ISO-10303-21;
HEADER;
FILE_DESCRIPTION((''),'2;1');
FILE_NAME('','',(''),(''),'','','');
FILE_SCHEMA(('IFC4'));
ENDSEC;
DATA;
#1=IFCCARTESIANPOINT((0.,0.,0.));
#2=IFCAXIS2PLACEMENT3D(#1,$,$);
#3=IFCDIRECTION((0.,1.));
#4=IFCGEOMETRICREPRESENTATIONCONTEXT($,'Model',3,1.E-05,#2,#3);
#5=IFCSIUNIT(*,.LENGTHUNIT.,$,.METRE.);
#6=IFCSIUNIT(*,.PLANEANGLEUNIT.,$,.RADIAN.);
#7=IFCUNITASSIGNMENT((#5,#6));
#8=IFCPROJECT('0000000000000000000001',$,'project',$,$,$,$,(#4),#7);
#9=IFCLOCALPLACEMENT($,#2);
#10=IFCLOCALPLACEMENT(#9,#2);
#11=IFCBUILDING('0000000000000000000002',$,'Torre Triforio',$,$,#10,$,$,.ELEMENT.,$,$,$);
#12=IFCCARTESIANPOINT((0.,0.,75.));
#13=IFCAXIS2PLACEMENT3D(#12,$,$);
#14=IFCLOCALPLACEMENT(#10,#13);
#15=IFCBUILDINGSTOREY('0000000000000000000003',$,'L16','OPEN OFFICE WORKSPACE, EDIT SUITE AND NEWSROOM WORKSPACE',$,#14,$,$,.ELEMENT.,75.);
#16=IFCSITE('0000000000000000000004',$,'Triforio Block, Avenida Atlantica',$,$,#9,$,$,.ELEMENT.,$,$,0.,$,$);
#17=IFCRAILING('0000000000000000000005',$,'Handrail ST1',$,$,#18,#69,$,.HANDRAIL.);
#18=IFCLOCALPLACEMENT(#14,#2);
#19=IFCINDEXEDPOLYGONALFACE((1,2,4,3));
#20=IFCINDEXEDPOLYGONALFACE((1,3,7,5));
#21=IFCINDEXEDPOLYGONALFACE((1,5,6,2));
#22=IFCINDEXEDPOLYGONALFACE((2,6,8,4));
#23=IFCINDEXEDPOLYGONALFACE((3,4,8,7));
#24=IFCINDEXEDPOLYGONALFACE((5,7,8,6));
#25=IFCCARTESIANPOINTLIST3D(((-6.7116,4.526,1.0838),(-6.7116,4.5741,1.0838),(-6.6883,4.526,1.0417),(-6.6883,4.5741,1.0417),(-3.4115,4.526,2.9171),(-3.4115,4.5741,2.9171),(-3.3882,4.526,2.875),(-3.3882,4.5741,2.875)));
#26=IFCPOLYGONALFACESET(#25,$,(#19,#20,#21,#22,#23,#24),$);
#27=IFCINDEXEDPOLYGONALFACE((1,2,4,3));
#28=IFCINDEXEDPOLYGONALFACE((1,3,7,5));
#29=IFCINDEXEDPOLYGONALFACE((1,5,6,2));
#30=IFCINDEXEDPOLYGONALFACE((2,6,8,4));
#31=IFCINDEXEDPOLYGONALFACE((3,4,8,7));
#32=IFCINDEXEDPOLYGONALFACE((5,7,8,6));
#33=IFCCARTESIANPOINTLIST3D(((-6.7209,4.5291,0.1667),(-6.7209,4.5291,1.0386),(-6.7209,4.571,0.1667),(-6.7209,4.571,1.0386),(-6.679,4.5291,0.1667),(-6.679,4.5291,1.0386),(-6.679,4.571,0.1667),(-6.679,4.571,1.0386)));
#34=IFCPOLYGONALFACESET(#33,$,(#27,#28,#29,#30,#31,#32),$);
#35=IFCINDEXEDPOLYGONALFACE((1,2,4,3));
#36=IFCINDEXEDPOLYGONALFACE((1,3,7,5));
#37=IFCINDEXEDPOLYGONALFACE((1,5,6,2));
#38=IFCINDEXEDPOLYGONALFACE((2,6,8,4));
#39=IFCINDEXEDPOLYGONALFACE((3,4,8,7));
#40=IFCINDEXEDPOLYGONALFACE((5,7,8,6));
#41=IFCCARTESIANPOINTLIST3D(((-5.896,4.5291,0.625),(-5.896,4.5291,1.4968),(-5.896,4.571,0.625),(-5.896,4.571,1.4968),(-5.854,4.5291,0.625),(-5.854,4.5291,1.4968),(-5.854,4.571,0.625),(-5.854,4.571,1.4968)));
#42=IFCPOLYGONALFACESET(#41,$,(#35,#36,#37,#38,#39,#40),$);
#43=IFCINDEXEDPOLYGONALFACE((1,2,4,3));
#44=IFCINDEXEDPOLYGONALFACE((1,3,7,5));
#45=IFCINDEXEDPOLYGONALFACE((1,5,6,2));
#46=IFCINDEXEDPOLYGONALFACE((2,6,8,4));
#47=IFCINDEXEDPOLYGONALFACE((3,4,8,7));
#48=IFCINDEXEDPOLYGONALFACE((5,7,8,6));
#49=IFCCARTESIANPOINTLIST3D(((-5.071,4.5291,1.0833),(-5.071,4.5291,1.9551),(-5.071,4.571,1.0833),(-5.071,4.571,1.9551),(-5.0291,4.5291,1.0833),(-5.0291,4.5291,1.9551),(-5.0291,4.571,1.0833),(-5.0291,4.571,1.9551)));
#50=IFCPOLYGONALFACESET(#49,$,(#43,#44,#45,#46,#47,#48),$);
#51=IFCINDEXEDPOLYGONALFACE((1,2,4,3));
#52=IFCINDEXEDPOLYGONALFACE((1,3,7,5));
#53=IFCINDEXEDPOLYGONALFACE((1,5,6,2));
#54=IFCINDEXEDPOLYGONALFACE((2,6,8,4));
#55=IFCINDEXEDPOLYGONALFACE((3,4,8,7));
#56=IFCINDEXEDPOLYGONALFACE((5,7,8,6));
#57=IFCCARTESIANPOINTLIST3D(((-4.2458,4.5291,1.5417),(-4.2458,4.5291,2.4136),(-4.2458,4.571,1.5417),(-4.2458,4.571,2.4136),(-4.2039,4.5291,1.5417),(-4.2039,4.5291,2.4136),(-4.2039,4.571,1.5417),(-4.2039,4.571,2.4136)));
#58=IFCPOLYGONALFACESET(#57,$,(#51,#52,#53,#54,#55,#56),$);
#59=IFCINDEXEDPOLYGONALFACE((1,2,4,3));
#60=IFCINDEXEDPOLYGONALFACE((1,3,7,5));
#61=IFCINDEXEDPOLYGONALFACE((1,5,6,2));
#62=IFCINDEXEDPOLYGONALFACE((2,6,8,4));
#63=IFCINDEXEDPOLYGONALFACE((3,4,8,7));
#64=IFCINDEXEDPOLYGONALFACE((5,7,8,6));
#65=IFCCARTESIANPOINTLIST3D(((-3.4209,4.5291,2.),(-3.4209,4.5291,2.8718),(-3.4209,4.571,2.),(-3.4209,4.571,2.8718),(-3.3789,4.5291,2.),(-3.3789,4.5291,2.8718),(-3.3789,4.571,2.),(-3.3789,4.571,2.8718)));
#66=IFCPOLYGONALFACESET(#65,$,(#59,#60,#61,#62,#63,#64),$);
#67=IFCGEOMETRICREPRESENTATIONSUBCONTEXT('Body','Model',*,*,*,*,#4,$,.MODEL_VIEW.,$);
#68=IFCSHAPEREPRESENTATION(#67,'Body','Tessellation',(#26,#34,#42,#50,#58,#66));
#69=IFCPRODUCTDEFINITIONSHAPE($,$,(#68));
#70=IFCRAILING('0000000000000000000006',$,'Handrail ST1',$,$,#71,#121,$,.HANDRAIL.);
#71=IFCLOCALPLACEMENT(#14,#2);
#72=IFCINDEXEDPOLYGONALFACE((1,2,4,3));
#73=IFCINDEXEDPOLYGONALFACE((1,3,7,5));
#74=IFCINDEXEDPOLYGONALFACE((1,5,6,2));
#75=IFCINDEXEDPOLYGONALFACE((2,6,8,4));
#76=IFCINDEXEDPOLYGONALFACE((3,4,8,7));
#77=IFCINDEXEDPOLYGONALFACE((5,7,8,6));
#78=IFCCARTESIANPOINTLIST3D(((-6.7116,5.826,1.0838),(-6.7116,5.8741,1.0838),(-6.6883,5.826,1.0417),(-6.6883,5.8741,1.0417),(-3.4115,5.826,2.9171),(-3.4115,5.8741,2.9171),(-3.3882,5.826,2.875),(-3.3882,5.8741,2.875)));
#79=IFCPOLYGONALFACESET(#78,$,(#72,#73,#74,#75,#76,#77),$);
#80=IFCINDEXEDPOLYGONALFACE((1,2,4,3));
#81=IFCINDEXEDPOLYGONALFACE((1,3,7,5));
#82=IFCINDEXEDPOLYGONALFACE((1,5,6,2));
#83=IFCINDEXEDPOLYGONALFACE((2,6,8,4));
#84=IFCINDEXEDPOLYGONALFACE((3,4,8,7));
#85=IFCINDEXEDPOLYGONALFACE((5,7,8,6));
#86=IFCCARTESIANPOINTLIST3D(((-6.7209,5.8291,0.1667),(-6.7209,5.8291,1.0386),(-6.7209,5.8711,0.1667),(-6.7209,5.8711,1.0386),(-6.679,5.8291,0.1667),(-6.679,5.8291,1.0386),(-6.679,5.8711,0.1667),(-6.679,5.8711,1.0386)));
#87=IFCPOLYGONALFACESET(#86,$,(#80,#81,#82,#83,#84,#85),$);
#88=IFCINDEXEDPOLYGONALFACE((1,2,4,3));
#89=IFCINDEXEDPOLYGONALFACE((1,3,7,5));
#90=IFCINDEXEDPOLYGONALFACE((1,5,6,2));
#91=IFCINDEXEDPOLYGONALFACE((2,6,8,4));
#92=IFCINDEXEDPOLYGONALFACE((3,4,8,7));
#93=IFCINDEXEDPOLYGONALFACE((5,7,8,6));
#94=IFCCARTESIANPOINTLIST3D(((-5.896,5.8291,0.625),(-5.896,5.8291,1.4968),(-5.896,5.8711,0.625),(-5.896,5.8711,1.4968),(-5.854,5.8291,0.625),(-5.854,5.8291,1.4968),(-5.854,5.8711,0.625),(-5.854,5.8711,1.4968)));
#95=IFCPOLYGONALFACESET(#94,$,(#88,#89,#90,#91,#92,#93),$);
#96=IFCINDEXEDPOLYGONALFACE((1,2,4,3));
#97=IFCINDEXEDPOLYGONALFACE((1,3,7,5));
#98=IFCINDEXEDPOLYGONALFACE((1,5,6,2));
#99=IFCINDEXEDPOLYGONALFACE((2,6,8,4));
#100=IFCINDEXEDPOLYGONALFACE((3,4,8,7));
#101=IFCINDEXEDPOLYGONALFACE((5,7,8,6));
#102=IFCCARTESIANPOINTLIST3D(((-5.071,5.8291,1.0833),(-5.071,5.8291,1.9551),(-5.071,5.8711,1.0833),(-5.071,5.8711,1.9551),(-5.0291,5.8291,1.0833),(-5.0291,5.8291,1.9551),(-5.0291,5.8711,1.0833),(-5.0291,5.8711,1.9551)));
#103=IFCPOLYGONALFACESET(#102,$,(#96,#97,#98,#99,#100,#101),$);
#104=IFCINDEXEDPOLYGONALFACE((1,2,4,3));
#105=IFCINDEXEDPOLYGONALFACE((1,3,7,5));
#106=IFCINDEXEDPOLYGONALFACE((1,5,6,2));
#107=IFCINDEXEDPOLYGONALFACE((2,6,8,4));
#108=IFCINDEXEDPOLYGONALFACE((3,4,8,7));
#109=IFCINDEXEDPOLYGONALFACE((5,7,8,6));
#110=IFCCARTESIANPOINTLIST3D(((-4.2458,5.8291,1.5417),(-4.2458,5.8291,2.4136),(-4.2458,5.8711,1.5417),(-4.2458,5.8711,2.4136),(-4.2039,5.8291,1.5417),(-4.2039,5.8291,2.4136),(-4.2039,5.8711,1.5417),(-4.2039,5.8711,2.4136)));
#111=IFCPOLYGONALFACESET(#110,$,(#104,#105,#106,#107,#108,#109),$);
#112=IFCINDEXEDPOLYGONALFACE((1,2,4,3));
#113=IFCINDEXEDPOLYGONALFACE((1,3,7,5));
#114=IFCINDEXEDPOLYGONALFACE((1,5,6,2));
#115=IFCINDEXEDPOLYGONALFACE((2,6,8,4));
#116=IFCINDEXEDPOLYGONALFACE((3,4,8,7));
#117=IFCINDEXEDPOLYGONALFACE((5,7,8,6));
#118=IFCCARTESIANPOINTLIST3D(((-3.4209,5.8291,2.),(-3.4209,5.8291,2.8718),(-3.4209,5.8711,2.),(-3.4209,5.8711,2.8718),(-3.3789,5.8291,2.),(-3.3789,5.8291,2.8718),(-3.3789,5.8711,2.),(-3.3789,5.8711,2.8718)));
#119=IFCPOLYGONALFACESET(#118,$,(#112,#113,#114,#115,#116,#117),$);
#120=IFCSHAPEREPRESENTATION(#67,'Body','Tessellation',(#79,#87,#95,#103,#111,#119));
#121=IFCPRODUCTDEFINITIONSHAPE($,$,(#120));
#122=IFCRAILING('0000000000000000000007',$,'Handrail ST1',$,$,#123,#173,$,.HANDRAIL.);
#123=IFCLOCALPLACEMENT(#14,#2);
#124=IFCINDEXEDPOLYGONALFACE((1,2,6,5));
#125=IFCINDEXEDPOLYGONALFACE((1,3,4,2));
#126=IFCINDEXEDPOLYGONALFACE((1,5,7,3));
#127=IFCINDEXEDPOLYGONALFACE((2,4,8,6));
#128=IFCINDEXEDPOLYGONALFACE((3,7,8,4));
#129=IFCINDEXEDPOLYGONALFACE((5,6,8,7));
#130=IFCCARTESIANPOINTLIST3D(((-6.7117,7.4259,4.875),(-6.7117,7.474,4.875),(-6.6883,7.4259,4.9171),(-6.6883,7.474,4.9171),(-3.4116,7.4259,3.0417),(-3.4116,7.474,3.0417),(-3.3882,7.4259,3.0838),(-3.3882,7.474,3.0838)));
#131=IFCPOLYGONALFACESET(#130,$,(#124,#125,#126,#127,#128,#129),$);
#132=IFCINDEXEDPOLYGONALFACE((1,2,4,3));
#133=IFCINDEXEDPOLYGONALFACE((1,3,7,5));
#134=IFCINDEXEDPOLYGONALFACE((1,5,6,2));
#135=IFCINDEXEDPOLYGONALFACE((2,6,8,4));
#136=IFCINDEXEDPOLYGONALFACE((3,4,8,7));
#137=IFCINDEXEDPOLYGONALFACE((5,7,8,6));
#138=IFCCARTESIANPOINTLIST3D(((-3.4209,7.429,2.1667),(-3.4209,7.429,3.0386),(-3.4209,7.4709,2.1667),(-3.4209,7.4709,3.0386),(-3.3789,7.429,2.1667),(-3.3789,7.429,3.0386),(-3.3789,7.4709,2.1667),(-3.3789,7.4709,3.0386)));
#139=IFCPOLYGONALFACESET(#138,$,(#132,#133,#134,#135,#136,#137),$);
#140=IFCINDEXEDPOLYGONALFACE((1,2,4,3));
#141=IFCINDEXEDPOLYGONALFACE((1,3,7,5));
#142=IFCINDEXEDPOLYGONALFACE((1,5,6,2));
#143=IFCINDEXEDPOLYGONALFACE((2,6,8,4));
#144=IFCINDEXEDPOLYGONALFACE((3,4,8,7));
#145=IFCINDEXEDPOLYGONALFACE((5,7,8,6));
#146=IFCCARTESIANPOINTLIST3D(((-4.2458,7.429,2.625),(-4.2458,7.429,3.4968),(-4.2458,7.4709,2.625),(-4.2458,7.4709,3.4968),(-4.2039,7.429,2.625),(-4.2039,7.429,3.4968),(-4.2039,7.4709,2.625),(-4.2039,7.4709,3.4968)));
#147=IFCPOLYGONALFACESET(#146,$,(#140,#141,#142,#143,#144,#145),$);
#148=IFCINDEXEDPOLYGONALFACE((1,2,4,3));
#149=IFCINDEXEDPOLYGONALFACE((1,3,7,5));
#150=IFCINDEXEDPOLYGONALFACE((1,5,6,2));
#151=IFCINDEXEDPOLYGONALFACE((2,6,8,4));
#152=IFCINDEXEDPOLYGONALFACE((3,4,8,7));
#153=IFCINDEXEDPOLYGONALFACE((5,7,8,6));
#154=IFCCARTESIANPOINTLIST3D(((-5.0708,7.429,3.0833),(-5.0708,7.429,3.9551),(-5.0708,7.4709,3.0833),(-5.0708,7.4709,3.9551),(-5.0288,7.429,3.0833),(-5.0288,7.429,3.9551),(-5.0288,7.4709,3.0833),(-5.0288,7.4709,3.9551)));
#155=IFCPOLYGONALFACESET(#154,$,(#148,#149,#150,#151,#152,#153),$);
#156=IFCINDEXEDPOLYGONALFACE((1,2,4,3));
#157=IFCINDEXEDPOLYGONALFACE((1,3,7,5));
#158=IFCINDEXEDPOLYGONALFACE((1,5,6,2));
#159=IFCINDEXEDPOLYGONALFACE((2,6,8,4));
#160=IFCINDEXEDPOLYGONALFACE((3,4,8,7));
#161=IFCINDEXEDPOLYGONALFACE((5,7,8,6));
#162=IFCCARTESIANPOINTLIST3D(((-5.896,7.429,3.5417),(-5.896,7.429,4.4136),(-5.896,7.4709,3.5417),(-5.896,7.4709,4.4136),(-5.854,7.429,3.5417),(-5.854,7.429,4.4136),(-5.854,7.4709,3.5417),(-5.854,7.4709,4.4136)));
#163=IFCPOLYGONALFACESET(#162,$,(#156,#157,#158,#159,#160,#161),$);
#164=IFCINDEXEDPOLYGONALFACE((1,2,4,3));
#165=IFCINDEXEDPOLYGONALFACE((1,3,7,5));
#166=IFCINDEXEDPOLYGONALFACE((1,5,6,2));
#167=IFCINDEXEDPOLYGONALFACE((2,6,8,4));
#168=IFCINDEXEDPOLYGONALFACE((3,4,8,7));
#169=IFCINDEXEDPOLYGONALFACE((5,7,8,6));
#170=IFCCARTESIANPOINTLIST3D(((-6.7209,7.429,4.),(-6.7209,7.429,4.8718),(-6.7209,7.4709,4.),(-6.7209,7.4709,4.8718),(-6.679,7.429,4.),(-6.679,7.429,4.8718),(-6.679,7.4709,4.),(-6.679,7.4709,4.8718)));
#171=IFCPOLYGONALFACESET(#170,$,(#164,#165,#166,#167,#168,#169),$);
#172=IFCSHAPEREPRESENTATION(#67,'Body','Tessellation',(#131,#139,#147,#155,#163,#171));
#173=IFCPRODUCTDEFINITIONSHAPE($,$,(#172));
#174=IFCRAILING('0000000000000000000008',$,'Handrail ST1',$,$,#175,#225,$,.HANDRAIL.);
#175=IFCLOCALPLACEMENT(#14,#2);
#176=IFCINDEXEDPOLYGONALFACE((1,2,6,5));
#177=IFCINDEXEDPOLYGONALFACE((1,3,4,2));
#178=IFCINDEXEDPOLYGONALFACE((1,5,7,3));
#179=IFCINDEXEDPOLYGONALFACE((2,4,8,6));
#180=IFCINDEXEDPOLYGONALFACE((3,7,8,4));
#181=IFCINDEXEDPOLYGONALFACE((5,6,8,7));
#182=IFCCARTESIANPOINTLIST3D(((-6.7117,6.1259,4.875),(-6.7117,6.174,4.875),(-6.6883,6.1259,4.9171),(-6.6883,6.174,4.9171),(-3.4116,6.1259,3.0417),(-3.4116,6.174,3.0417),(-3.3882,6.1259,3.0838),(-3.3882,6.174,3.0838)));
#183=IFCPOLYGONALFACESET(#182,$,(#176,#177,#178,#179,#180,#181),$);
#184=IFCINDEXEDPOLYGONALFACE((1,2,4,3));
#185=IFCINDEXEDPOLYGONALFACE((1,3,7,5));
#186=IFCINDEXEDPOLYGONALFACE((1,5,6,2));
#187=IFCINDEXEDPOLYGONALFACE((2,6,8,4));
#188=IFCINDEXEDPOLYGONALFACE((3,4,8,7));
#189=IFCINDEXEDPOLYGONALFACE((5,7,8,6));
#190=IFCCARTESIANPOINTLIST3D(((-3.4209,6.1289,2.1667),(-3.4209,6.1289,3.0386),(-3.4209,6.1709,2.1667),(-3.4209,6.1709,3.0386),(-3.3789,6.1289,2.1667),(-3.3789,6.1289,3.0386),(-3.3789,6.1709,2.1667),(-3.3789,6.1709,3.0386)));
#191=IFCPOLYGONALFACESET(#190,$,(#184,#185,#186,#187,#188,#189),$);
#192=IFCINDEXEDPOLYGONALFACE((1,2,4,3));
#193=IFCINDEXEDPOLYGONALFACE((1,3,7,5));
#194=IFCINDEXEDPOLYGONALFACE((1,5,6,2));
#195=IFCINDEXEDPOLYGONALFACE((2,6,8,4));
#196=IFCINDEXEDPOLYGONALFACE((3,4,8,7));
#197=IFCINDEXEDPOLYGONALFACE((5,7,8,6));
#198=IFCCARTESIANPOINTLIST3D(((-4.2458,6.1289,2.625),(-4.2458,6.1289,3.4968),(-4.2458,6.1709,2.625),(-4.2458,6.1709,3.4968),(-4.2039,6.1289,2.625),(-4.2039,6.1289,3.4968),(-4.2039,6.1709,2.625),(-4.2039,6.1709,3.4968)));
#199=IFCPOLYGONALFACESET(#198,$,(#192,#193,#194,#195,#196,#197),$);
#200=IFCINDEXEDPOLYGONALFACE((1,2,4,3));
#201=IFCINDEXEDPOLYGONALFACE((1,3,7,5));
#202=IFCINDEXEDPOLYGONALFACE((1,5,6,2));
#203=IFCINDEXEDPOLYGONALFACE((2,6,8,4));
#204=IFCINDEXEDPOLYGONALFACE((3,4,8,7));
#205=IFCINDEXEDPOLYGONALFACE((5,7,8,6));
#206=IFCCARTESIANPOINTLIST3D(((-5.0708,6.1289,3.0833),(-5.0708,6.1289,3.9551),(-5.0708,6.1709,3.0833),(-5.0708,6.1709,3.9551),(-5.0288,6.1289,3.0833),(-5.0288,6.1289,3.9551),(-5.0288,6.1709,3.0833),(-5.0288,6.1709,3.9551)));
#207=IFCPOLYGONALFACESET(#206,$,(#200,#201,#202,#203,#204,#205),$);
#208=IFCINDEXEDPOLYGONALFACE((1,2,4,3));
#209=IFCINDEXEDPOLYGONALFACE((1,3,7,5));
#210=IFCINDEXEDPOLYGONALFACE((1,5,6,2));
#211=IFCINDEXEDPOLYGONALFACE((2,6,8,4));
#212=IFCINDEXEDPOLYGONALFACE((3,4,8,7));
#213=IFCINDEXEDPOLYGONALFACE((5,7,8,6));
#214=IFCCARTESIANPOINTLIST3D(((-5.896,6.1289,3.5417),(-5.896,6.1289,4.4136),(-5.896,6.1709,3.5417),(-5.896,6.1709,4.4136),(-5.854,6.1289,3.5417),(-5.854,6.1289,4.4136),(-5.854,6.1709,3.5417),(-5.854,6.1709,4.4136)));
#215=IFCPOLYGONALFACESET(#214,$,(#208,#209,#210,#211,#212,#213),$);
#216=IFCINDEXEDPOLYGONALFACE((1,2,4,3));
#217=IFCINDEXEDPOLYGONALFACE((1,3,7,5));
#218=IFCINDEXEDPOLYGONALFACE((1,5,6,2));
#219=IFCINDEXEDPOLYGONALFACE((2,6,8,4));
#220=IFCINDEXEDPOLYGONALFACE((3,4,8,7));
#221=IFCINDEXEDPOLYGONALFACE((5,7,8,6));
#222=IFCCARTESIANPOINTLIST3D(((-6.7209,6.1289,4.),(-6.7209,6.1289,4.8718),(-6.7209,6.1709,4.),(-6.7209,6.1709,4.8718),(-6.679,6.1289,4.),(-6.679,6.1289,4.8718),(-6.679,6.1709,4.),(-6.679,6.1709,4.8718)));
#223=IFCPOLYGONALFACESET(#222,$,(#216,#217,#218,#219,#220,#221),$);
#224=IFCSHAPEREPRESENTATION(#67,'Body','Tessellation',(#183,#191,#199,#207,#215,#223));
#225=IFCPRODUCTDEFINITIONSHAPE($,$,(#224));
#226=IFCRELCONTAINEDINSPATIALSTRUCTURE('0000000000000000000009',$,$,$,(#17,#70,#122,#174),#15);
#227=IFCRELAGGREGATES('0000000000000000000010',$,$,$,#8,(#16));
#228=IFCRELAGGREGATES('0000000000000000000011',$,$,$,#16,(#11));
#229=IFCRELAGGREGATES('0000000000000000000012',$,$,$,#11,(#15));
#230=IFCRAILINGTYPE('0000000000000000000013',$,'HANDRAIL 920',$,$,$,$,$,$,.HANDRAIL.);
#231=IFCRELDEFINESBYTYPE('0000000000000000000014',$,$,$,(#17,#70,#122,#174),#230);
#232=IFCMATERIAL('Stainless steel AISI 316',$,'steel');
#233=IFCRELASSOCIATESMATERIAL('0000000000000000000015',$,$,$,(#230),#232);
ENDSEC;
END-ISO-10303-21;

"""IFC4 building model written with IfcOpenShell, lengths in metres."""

from ifc_helpers import new_model, si_unit, direction, frame, origin, origin_2d, place, context, subcontext, project, spatial, rectangle, extrude, material, type_object, element, save


model = new_model("IFC4")

# Units and contexts
model_context = context("Model", 3, precision=1e-05, world=origin(), true_north=direction((0.0, 1.0)))
body_context = subcontext(model_context, "Body", "Model", "MODEL_VIEW")
ifc_project = project(units=[si_unit("LENGTHUNIT", "METRE"), si_unit("PLANEANGLEUNIT", "RADIAN")], contexts=[model_context])

# Site, building, storey
site_placement = place(None, origin())
site = spatial("IfcSite", under=ifc_project, at=site_placement, Name="Triforio Block, Avenida Atlantica", CompositionType="ELEMENT", RefElevation=0.0)
building_placement = place(site_placement, origin())
building = spatial("IfcBuilding", under=site, at=building_placement, Name="Torre Triforio", CompositionType="ELEMENT")
storey_placement = place(building_placement, frame((0.0, 0.0, 75.0)))
storey = spatial("IfcBuildingStorey", under=building, at=storey_placement, Name="L16", Description="OPEN OFFICE WORKSPACE, EDIT SUITE AND NEWSROOM WORKSPACE", CompositionType="ELEMENT", Elevation=75.0)

# Railings
ifc_material_1 = material(Name="Stainless steel AISI 316", Category="steel")
railing_type = type_object("IfcRailingType", Name="HANDRAIL 920", PredefinedType="HANDRAIL", material=ifc_material_1)
for number, where, name in (
    (1, (-6.7, 4.55, 0.1667), "Handrail ST1"),
    (2, (-6.7, 5.8501, 0.1667), "Handrail ST1"),
):
    element("IfcRailing", number, at=place(storey_placement, frame(where)), inside=storey, type_object=railing_type, Name=name, PredefinedType="HANDRAIL", context=body_context, shape_type="SweptSolid", body=[
        extrude(rectangle(XDim=0.0481, YDim=0.0481, at=origin_2d()), frame((0.0, 0.0, 0.896), z_axis=(0.874169, 0.0, 0.485621), x_axis=(0.0, 1.0, 0.0)), (0.0, 0.0, 1.0), 3.7751),
        extrude(rectangle(XDim=0.042, YDim=0.042, at=origin_2d()), origin(), (0.0, 0.0, 1.0), 0.8718),
        extrude(rectangle(XDim=0.042, YDim=0.042, at=origin_2d()), frame((0.825, 0.0, 0.4583)), (0.0, 0.0, 1.0), 0.8718),
        extrude(rectangle(XDim=0.042, YDim=0.042, at=origin_2d()), frame((1.6499, 0.0, 0.9165)), (0.0, 0.0, 1.0), 0.8718),
        extrude(rectangle(XDim=0.042, YDim=0.042, at=origin_2d()), frame((2.4751, 0.0, 1.375)), (0.0, 0.0, 1.0), 0.8718),
        extrude(rectangle(XDim=0.042, YDim=0.042, at=origin_2d()), frame((3.3, 0.0, 1.8333)), (0.0, 0.0, 1.0), 0.8718),
    ])
for number, where, name in (
    (3, (-3.3999, 7.45, 2.1667), "Handrail ST1"),
    (4, (-3.3999, 6.1499, 2.1667), "Handrail ST1"),
):
    element("IfcRailing", number, at=place(storey_placement, frame(where)), inside=storey, type_object=railing_type, Name=name, PredefinedType="HANDRAIL", context=body_context, shape_type="SweptSolid", body=[
        extrude(rectangle(XDim=0.0481, YDim=0.0481, at=origin_2d()), frame((0.0, 0.0, 0.896), z_axis=(-0.874169, 0.0, 0.485621), x_axis=(0.0, -1.0, 0.0)), (0.0, 0.0, 1.0), 3.7751),
        extrude(rectangle(XDim=0.042, YDim=0.042, at=origin_2d()), origin(), (0.0, 0.0, 1.0), 0.8718),
        extrude(rectangle(XDim=0.042, YDim=0.042, at=origin_2d()), frame((-0.825, 0.0, 0.4583)), (0.0, 0.0, 1.0), 0.8718),
        extrude(rectangle(XDim=0.042, YDim=0.042, at=origin_2d()), frame((-1.6499, 0.0, 0.9165)), (0.0, 0.0, 1.0), 0.8718),
        extrude(rectangle(XDim=0.042, YDim=0.042, at=origin_2d()), frame((-2.4751, 0.0, 1.375)), (0.0, 0.0, 1.0), 0.8718),
        extrude(rectangle(XDim=0.042, YDim=0.042, at=origin_2d()), frame((-3.3, 0.0, 1.8333)), (0.0, 0.0, 1.0), 0.8718),
    ])

save(model, "model.ifc")
